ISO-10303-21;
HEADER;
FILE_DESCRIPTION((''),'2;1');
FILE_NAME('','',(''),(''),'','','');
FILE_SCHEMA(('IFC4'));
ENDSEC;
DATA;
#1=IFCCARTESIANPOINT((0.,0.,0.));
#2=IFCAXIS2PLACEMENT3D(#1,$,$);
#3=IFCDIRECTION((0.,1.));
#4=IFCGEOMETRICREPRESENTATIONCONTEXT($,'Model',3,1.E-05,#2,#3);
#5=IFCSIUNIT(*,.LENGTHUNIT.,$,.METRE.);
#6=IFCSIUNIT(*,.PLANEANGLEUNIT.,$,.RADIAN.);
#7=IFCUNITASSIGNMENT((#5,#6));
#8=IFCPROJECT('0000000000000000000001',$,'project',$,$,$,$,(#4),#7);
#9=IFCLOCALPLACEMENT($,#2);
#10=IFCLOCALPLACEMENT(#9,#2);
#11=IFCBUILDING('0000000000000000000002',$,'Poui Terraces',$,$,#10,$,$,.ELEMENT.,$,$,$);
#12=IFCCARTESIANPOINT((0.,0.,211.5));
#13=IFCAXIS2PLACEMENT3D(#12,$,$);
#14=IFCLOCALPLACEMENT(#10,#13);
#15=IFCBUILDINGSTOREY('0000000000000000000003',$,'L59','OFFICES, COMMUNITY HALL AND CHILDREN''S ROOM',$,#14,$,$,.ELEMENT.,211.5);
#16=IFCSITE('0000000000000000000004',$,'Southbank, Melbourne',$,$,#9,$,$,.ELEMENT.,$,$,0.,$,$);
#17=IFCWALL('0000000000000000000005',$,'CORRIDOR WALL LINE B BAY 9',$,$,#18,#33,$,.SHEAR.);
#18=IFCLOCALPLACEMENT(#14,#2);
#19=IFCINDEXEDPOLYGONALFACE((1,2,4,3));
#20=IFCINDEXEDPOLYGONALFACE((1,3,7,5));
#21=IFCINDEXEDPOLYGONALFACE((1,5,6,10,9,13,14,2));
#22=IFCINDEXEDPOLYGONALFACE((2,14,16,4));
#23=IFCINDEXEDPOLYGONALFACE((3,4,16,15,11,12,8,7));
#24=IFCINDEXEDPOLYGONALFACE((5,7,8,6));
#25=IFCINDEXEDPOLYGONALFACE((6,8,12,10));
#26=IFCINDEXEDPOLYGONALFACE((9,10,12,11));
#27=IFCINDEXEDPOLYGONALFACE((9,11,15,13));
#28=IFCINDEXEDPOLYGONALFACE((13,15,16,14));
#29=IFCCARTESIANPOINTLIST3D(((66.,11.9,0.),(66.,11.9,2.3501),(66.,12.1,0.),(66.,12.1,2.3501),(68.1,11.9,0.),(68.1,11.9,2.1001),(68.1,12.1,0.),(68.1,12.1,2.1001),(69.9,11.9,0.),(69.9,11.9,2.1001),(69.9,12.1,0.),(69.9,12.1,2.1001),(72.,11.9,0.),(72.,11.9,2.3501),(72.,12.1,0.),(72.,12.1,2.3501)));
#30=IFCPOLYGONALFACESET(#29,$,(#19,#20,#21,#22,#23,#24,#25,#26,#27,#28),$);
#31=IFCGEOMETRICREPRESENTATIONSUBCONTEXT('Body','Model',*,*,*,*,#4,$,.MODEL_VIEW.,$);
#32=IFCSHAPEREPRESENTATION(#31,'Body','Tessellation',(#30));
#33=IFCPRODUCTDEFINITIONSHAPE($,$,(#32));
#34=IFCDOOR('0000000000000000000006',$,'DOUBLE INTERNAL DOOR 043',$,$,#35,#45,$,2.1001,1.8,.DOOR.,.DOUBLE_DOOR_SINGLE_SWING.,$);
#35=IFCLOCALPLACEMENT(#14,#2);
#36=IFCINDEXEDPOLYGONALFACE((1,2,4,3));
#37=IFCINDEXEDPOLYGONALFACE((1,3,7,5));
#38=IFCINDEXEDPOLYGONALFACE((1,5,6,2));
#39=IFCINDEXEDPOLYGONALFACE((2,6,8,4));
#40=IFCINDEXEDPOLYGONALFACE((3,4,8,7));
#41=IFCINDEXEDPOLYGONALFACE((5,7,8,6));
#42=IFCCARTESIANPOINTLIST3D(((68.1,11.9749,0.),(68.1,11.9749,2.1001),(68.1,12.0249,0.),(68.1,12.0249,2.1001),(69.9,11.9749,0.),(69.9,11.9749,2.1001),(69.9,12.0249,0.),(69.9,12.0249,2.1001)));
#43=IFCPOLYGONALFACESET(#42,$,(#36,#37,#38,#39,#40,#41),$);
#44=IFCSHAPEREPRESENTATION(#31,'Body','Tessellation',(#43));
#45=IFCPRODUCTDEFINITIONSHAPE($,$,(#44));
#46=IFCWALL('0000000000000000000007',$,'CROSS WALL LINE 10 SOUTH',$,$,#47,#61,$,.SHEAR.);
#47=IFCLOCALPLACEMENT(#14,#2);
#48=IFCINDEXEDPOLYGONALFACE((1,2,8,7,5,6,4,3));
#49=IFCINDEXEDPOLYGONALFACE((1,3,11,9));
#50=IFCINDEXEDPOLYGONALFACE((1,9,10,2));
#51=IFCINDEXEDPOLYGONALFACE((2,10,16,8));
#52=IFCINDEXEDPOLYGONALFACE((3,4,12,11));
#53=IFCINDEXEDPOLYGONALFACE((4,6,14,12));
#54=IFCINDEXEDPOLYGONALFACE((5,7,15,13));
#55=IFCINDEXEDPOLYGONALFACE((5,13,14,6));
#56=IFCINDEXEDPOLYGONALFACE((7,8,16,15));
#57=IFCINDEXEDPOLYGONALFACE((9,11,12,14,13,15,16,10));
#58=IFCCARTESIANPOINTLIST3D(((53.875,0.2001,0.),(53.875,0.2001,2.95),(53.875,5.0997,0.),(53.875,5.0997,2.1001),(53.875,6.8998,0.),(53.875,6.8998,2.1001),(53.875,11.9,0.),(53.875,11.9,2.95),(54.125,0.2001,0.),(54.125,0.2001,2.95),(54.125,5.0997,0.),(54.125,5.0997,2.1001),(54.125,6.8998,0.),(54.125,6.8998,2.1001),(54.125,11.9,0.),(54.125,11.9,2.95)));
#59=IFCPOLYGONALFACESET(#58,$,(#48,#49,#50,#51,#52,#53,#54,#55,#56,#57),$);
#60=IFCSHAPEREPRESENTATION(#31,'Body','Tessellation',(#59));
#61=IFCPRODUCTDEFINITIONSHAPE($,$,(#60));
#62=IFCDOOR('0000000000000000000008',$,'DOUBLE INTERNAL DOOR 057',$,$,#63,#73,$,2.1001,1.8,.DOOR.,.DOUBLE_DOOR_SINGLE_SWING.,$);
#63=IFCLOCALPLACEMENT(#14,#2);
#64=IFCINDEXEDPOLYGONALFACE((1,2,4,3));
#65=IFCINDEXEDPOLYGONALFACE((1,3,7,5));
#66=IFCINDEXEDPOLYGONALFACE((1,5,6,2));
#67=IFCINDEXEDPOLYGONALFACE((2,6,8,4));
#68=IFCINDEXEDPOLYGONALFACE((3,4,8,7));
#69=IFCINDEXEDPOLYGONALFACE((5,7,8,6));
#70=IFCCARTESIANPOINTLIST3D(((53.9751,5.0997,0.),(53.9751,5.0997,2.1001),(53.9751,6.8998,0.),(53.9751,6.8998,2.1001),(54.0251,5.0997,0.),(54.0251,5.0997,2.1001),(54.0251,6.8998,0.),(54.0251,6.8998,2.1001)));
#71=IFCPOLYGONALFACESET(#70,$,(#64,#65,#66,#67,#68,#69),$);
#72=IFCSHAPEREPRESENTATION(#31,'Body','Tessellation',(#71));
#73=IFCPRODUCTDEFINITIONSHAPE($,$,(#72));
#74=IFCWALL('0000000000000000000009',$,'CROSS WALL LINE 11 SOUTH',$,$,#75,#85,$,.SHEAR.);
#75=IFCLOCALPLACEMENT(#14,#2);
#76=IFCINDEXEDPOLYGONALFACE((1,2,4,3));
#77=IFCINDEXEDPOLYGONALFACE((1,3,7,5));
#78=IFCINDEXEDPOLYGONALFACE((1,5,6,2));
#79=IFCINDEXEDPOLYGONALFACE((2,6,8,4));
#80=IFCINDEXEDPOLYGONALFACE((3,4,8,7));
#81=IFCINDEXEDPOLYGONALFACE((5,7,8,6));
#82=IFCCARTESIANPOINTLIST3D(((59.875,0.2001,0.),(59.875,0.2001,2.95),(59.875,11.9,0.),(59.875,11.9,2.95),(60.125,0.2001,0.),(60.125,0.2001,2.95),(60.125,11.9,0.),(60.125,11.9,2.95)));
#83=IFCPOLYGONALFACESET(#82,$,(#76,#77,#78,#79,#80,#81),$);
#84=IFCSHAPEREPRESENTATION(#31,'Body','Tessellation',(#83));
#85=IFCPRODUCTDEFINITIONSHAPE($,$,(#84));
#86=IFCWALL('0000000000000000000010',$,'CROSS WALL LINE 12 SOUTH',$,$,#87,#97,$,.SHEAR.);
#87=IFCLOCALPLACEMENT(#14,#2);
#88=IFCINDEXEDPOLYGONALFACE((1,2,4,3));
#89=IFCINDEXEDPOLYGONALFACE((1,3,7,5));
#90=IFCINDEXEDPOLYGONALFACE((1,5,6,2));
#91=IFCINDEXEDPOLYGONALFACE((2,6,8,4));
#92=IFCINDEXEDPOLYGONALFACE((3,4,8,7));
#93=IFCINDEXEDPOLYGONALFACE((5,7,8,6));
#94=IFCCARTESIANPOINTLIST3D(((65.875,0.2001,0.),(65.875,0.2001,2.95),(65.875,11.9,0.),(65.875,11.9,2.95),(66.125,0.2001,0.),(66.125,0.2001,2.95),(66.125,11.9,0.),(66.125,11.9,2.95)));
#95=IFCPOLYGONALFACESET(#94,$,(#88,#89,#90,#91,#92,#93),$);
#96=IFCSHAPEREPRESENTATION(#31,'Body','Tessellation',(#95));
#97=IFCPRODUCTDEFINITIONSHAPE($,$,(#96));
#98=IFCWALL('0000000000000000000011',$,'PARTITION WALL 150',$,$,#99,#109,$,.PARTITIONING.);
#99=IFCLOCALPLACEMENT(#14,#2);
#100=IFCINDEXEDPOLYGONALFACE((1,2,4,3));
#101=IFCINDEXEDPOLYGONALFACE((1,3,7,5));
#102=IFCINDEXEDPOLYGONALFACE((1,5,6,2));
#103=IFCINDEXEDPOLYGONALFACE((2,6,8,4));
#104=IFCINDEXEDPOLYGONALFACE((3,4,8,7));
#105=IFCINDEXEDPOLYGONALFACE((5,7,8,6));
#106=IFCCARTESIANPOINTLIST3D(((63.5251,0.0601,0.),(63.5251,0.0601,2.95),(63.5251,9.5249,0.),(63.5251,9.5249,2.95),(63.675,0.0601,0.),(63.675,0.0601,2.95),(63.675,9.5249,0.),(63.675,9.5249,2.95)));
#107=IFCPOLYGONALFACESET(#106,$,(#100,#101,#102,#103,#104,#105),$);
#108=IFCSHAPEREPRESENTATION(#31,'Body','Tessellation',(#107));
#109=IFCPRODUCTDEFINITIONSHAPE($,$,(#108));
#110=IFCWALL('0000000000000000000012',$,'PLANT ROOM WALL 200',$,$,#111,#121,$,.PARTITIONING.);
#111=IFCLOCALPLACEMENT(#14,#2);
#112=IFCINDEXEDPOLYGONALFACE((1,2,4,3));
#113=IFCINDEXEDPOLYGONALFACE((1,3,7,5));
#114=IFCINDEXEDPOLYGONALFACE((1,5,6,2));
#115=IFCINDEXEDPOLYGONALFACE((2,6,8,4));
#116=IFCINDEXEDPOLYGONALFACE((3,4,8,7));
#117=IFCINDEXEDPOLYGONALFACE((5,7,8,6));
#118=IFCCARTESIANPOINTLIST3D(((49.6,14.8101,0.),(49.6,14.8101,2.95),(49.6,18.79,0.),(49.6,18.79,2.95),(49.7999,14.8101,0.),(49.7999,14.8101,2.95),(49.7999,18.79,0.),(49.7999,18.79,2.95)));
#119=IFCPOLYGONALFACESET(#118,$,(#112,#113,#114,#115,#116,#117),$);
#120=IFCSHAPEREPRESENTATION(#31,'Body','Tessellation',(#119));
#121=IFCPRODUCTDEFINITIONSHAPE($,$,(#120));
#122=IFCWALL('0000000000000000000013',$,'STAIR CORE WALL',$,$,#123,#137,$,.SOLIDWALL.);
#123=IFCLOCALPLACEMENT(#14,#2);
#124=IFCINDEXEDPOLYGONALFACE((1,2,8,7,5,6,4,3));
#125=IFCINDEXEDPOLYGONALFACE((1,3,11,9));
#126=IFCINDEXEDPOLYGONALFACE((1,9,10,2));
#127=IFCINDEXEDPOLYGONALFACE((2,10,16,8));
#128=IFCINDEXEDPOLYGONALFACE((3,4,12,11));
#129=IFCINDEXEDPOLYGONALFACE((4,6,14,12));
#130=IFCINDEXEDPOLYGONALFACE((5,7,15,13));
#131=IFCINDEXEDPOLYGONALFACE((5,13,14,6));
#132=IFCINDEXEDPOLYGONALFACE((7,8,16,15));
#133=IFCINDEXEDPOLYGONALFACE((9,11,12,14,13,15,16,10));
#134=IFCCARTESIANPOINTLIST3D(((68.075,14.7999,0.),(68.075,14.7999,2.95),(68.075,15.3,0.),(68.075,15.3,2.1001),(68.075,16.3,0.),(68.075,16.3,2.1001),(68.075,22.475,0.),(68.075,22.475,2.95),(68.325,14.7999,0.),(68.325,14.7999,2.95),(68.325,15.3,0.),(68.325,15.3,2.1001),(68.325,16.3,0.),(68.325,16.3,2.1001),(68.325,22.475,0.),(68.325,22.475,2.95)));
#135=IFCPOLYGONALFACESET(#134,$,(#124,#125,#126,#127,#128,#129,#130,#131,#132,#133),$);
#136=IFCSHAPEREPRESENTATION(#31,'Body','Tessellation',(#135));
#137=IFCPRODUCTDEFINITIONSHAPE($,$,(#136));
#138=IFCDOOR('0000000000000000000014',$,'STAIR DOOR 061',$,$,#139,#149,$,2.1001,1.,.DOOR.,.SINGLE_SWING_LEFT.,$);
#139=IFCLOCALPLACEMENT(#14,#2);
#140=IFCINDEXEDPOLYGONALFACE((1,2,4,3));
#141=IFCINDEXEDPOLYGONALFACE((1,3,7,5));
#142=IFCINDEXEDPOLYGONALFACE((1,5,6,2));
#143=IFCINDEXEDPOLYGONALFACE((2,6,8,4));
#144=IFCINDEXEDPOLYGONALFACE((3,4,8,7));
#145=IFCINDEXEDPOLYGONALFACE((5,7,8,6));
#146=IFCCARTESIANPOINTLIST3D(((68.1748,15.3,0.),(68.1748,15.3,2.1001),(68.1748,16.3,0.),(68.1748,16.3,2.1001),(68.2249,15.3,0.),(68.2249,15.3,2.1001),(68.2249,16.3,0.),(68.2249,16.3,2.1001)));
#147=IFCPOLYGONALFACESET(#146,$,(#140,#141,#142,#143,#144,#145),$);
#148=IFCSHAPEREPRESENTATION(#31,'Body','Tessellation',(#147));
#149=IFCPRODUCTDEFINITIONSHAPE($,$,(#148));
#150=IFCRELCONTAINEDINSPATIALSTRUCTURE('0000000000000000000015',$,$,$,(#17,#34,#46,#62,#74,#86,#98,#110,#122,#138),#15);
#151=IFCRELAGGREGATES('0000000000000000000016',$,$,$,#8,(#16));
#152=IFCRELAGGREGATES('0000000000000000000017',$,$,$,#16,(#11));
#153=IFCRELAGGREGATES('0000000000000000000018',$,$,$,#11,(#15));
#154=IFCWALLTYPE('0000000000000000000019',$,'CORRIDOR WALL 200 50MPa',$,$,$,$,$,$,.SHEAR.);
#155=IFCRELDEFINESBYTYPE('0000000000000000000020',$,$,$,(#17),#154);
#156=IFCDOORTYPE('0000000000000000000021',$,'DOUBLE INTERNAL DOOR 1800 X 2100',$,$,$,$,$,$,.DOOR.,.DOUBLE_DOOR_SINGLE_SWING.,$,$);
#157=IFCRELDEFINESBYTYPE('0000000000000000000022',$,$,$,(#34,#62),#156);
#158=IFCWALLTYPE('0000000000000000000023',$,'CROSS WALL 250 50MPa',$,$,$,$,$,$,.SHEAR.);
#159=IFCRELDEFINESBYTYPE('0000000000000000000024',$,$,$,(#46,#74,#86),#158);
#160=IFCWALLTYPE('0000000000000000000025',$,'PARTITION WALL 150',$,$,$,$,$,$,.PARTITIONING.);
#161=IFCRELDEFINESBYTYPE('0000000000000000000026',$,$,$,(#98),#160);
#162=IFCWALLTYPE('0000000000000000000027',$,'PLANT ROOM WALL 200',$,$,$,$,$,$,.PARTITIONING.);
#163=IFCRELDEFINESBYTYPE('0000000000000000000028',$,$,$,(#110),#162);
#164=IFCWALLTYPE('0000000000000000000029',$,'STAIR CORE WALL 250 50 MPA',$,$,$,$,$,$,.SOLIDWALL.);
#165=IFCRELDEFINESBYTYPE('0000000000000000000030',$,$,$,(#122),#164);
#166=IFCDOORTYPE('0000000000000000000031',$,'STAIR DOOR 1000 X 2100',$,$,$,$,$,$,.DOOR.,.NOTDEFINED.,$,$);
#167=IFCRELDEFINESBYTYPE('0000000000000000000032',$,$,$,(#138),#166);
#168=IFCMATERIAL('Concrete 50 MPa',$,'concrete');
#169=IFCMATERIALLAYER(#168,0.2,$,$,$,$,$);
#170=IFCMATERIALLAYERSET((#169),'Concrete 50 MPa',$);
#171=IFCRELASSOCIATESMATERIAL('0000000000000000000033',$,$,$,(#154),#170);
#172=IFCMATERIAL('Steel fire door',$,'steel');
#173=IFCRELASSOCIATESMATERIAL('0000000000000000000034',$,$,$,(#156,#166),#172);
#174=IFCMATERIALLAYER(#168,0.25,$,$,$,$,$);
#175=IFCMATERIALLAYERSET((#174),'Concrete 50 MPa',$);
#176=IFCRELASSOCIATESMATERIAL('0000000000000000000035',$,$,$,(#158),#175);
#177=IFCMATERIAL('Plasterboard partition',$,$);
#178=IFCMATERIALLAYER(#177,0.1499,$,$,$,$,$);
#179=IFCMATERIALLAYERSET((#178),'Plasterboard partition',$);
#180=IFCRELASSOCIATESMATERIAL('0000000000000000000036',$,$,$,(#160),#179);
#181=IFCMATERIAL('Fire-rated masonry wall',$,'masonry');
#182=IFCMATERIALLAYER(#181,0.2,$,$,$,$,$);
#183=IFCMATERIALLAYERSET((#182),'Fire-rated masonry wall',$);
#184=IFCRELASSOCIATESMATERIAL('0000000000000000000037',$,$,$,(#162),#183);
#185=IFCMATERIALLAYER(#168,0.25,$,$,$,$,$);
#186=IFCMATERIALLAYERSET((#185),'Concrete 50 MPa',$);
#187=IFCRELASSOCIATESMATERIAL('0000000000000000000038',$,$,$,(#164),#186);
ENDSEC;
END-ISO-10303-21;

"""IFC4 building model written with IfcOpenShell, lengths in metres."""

from ifc_helpers import new_model, si_unit, direction, frame, frame_2d, origin, place, context, subcontext, project, spatial, rectangle, extrude, material, layer, layer_set, type_object, element, fill, save


model = new_model("IFC4")

# Units and contexts
model_context = context("Model", 3, precision=1e-05, world=origin(), true_north=direction((0.0, 1.0)))
body_context = subcontext(model_context, "Body", "Model", "MODEL_VIEW")
ifc_project = project(units=[si_unit("LENGTHUNIT", "METRE"), si_unit("PLANEANGLEUNIT", "RADIAN")], contexts=[model_context])

# Site, building, storey
site_placement = place(None, origin())
site = spatial("IfcSite", under=ifc_project, at=site_placement, Name="Southbank, Melbourne", CompositionType="ELEMENT", RefElevation=0.0)
building_placement = place(site_placement, origin())
building = spatial("IfcBuilding", under=site, at=building_placement, Name="Poui Terraces", CompositionType="ELEMENT")
storey_placement = place(building_placement, frame((0.0, 0.0, 211.5)))
storey = spatial("IfcBuildingStorey", under=building, at=storey_placement, Name="L59", Description="OFFICES, COMMUNITY HALL AND CHILDREN'S ROOM", CompositionType="ELEMENT", Elevation=211.5)

# Shared definitions
ifc_material_1 = material(Name="Concrete 50 MPa", Category="concrete")

# Walls, openings, doors
ifc_layer_1 = layer(ifc_material_1, 0.2)
ifc_layer_set_1 = layer_set([ifc_layer_1], Name="Concrete 50 MPa")
wall_type_1 = type_object("IfcWallType", Name="CORRIDOR WALL 200 50MPa", PredefinedType="SHEAR", material=ifc_layer_set_1)
ifc_material_2 = material(Name="Steel fire door", Category="steel")
door_type_1 = type_object("IfcDoorType", Name="DOUBLE INTERNAL DOOR 1800 X 2100", OperationType="DOUBLE_DOOR_SINGLE_SWING", PredefinedType="DOOR", material=ifc_material_2)
wall_1_placement = place(storey_placement, frame((66.0, 12.0, 0.0), z_axis=(0.0, 0.0, 1.0), x_axis=(1.0, 0.0, 0.0)))
wall_1 = element("IfcWall", 1, at=wall_1_placement, inside=storey, type_object=wall_type_1, Name="CORRIDOR WALL LINE B BAY 9", PredefinedType="SHEAR", context=body_context, shape_type="SweptSolid", body=[
    extrude(rectangle(XDim=6.0, YDim=0.2, at=frame_2d((3.0, 0.0))), origin(), (0.0, 0.0, 1.0), 2.3501),
])
opening_1_placement = place(wall_1_placement, frame((2.1001, 0.0, 0.0)))
opening_1 = element("IfcOpeningElement", 2, at=opening_1_placement, cuts=wall_1, PredefinedType="OPENING", context=body_context, shape_type="SweptSolid", body=[
    extrude(rectangle(XDim=1.8, YDim=2.1001, at=frame_2d((0.8999, 1.05))), frame((0.0, 0.1099, 0.0), z_axis=(0.0, -1.0, 0.0), x_axis=(1.0, 0.0, 0.0)), (0.0, 0.0, 1.0), 0.22),
])
door_1_placement = place(opening_1_placement, origin())
door_1 = element("IfcDoor", 3, at=door_1_placement, inside=storey, type_object=door_type_1, Name="DOUBLE INTERNAL DOOR 043", OperationType="DOUBLE_DOOR_SINGLE_SWING", OverallHeight=2.1001, OverallWidth=1.8, PredefinedType="DOOR", context=body_context, shape_type="SweptSolid", body=[
    extrude(rectangle(XDim=1.8, YDim=2.1001, at=frame_2d((0.8999, 1.05))), frame((0.0, 0.0249, 0.0), z_axis=(0.0, -1.0, 0.0), x_axis=(1.0, 0.0, 0.0)), (0.0, 0.0, 1.0), 0.05),
])
fill(opening_1, door_1)
ifc_layer_2 = layer(ifc_material_1, 0.25)
ifc_layer_set_2 = layer_set([ifc_layer_2], Name="Concrete 50 MPa")
wall_type_2 = type_object("IfcWallType", Name="CROSS WALL 250 50MPa", PredefinedType="SHEAR", material=ifc_layer_set_2)
wall_2_placement = place(storey_placement, frame((54.0, 0.2, 0.0), z_axis=(0.0, 0.0, 1.0), x_axis=(0.0, 1.0, 0.0)))
wall_2 = element("IfcWall", 4, at=wall_2_placement, inside=storey, type_object=wall_type_2, Name="CROSS WALL LINE 10 SOUTH", PredefinedType="SHEAR", context=body_context, shape_type="SweptSolid", body=[
    extrude(rectangle(XDim=11.7, YDim=0.25, at=frame_2d((5.8501, 0.0))), origin(), (0.0, 0.0, 1.0), 2.95),
])
opening_2_placement = place(wall_2_placement, frame((4.8999, 0.0, 0.0)))
opening_2 = element("IfcOpeningElement", 5, at=opening_2_placement, cuts=wall_2, PredefinedType="OPENING", context=body_context, shape_type="SweptSolid", body=[
    extrude(rectangle(XDim=1.8, YDim=2.1001, at=frame_2d((0.8999, 1.05))), frame((0.0, 0.135, 0.0), z_axis=(0.0, -1.0, 0.0), x_axis=(1.0, 0.0, 0.0)), (0.0, 0.0, 1.0), 0.27),
])
door_2_placement = place(opening_2_placement, origin())
door_2 = element("IfcDoor", 6, at=door_2_placement, inside=storey, type_object=door_type_1, Name="DOUBLE INTERNAL DOOR 057", OperationType="DOUBLE_DOOR_SINGLE_SWING", OverallHeight=2.1001, OverallWidth=1.8, PredefinedType="DOOR", context=body_context, shape_type="SweptSolid", body=[
    extrude(rectangle(XDim=1.8, YDim=2.1001, at=frame_2d((0.8999, 1.05))), frame((0.0, 0.0249, 0.0), z_axis=(0.0, -1.0, 0.0), x_axis=(1.0, 0.0, 0.0)), (0.0, 0.0, 1.0), 0.05),
])
fill(opening_2, door_2)

# Walls
for number, where, z_axis, x_axis, name in (
    (7, (60.0, 0.2, 0.0), (0.0, 0.0, 1.0), (0.0, 1.0, 0.0), "CROSS WALL LINE 11 SOUTH"),
    (8, (66.0, 0.2, 0.0), (0.0, 0.0, 1.0), (0.0, 1.0, 0.0), "CROSS WALL LINE 12 SOUTH"),
):
    element("IfcWall", number, at=place(storey_placement, frame(where, z_axis=z_axis, x_axis=x_axis)), inside=storey, type_object=wall_type_2, Name=name, PredefinedType="SHEAR", context=body_context, shape_type="SweptSolid", body=[
        extrude(rectangle(XDim=11.7, YDim=0.25, at=frame_2d((5.8501, 0.0))), origin(), (0.0, 0.0, 1.0), 2.95),
    ])
ifc_material_3 = material(Name="Plasterboard partition")
ifc_layer_3 = layer(ifc_material_3, 0.1499)
ifc_layer_set_3 = layer_set([ifc_layer_3], Name="Plasterboard partition")
wall_type_3 = type_object("IfcWallType", Name="PARTITION WALL 150", PredefinedType="PARTITIONING", material=ifc_layer_set_3)
wall_3_placement = place(storey_placement, frame((63.6001, 0.0601, 0.0), z_axis=(0.0, 0.0, 1.0), x_axis=(0.0, 1.0, 0.0)))
element("IfcWall", 9, at=wall_3_placement, inside=storey, type_object=wall_type_3, Name="PARTITION WALL 150", PredefinedType="PARTITIONING", context=body_context, shape_type="SweptSolid", body=[
    extrude(rectangle(XDim=9.4648, YDim=0.1499, at=frame_2d((4.7324, 0.0))), origin(), (0.0, 0.0, 1.0), 2.95),
])
ifc_material_4 = material(Name="Fire-rated masonry wall", Category="masonry")
ifc_layer_4 = layer(ifc_material_4, 0.2)
ifc_layer_set_4 = layer_set([ifc_layer_4], Name="Fire-rated masonry wall")
wall_type_4 = type_object("IfcWallType", Name="PLANT ROOM WALL 200", PredefinedType="PARTITIONING", material=ifc_layer_set_4)
wall_4_placement = place(storey_placement, frame((49.7, 14.8101, 0.0), z_axis=(0.0, 0.0, 1.0), x_axis=(0.0, 1.0, 0.0)))
element("IfcWall", 10, at=wall_4_placement, inside=storey, type_object=wall_type_4, Name="PLANT ROOM WALL 200", PredefinedType="PARTITIONING", context=body_context, shape_type="SweptSolid", body=[
    extrude(rectangle(XDim=3.98, YDim=0.2, at=frame_2d((1.99, 0.0))), origin(), (0.0, 0.0, 1.0), 2.95),
])

# Wall, opening, door
ifc_layer_5 = layer(ifc_material_1, 0.25)
ifc_layer_set_5 = layer_set([ifc_layer_5], Name="Concrete 50 MPa")
wall_type_5 = type_object("IfcWallType", Name="STAIR CORE WALL 250 50 MPA", PredefinedType="SOLIDWALL", material=ifc_layer_set_5)
wall_5_placement = place(storey_placement, frame((68.2, 14.8, 0.0), z_axis=(0.0, 0.0, 1.0), x_axis=(0.0, 1.0, 0.0)))
wall_5 = element("IfcWall", 11, at=wall_5_placement, inside=storey, type_object=wall_type_5, Name="STAIR CORE WALL", PredefinedType="SOLIDWALL", context=body_context, shape_type="SweptSolid", body=[
    extrude(rectangle(XDim=7.675, YDim=0.25, at=frame_2d((3.8374, 0.0))), origin(), (0.0, 0.0, 1.0), 2.95),
])
opening_3_placement = place(wall_5_placement, frame((0.5, 0.0, 0.0)))
opening_3 = element("IfcOpeningElement", 12, at=opening_3_placement, cuts=wall_5, PredefinedType="OPENING", context=body_context, shape_type="SweptSolid", body=[
    extrude(rectangle(XDim=1.0, YDim=2.1001, at=frame_2d((0.5, 1.05))), frame((0.0, 0.135, 0.0), z_axis=(0.0, -1.0, 0.0), x_axis=(1.0, 0.0, 0.0)), (0.0, 0.0, 1.0), 0.27),
])
door_type_2 = type_object("IfcDoorType", Name="STAIR DOOR 1000 X 2100", OperationType="NOTDEFINED", PredefinedType="DOOR", material=ifc_material_2)
door_3_placement = place(opening_3_placement, frame((1.0, 0.0, 0.0), z_axis=(0.0, 0.0, 1.0), x_axis=(-1.0, 0.0, 0.0)))
door_3 = element("IfcDoor", 13, at=door_3_placement, inside=storey, type_object=door_type_2, Name="STAIR DOOR 061", OperationType="SINGLE_SWING_LEFT", OverallHeight=2.1001, OverallWidth=1.0, PredefinedType="DOOR", context=body_context, shape_type="SweptSolid", body=[
    extrude(rectangle(XDim=1.0, YDim=2.1001, at=frame_2d((0.5, 1.05))), frame((0.0, 0.0249, 0.0), z_axis=(0.0, -1.0, 0.0), x_axis=(1.0, 0.0, 0.0)), (0.0, 0.0, 1.0), 0.05),
])
fill(opening_3, door_3)

save(model, "model.ifc")
